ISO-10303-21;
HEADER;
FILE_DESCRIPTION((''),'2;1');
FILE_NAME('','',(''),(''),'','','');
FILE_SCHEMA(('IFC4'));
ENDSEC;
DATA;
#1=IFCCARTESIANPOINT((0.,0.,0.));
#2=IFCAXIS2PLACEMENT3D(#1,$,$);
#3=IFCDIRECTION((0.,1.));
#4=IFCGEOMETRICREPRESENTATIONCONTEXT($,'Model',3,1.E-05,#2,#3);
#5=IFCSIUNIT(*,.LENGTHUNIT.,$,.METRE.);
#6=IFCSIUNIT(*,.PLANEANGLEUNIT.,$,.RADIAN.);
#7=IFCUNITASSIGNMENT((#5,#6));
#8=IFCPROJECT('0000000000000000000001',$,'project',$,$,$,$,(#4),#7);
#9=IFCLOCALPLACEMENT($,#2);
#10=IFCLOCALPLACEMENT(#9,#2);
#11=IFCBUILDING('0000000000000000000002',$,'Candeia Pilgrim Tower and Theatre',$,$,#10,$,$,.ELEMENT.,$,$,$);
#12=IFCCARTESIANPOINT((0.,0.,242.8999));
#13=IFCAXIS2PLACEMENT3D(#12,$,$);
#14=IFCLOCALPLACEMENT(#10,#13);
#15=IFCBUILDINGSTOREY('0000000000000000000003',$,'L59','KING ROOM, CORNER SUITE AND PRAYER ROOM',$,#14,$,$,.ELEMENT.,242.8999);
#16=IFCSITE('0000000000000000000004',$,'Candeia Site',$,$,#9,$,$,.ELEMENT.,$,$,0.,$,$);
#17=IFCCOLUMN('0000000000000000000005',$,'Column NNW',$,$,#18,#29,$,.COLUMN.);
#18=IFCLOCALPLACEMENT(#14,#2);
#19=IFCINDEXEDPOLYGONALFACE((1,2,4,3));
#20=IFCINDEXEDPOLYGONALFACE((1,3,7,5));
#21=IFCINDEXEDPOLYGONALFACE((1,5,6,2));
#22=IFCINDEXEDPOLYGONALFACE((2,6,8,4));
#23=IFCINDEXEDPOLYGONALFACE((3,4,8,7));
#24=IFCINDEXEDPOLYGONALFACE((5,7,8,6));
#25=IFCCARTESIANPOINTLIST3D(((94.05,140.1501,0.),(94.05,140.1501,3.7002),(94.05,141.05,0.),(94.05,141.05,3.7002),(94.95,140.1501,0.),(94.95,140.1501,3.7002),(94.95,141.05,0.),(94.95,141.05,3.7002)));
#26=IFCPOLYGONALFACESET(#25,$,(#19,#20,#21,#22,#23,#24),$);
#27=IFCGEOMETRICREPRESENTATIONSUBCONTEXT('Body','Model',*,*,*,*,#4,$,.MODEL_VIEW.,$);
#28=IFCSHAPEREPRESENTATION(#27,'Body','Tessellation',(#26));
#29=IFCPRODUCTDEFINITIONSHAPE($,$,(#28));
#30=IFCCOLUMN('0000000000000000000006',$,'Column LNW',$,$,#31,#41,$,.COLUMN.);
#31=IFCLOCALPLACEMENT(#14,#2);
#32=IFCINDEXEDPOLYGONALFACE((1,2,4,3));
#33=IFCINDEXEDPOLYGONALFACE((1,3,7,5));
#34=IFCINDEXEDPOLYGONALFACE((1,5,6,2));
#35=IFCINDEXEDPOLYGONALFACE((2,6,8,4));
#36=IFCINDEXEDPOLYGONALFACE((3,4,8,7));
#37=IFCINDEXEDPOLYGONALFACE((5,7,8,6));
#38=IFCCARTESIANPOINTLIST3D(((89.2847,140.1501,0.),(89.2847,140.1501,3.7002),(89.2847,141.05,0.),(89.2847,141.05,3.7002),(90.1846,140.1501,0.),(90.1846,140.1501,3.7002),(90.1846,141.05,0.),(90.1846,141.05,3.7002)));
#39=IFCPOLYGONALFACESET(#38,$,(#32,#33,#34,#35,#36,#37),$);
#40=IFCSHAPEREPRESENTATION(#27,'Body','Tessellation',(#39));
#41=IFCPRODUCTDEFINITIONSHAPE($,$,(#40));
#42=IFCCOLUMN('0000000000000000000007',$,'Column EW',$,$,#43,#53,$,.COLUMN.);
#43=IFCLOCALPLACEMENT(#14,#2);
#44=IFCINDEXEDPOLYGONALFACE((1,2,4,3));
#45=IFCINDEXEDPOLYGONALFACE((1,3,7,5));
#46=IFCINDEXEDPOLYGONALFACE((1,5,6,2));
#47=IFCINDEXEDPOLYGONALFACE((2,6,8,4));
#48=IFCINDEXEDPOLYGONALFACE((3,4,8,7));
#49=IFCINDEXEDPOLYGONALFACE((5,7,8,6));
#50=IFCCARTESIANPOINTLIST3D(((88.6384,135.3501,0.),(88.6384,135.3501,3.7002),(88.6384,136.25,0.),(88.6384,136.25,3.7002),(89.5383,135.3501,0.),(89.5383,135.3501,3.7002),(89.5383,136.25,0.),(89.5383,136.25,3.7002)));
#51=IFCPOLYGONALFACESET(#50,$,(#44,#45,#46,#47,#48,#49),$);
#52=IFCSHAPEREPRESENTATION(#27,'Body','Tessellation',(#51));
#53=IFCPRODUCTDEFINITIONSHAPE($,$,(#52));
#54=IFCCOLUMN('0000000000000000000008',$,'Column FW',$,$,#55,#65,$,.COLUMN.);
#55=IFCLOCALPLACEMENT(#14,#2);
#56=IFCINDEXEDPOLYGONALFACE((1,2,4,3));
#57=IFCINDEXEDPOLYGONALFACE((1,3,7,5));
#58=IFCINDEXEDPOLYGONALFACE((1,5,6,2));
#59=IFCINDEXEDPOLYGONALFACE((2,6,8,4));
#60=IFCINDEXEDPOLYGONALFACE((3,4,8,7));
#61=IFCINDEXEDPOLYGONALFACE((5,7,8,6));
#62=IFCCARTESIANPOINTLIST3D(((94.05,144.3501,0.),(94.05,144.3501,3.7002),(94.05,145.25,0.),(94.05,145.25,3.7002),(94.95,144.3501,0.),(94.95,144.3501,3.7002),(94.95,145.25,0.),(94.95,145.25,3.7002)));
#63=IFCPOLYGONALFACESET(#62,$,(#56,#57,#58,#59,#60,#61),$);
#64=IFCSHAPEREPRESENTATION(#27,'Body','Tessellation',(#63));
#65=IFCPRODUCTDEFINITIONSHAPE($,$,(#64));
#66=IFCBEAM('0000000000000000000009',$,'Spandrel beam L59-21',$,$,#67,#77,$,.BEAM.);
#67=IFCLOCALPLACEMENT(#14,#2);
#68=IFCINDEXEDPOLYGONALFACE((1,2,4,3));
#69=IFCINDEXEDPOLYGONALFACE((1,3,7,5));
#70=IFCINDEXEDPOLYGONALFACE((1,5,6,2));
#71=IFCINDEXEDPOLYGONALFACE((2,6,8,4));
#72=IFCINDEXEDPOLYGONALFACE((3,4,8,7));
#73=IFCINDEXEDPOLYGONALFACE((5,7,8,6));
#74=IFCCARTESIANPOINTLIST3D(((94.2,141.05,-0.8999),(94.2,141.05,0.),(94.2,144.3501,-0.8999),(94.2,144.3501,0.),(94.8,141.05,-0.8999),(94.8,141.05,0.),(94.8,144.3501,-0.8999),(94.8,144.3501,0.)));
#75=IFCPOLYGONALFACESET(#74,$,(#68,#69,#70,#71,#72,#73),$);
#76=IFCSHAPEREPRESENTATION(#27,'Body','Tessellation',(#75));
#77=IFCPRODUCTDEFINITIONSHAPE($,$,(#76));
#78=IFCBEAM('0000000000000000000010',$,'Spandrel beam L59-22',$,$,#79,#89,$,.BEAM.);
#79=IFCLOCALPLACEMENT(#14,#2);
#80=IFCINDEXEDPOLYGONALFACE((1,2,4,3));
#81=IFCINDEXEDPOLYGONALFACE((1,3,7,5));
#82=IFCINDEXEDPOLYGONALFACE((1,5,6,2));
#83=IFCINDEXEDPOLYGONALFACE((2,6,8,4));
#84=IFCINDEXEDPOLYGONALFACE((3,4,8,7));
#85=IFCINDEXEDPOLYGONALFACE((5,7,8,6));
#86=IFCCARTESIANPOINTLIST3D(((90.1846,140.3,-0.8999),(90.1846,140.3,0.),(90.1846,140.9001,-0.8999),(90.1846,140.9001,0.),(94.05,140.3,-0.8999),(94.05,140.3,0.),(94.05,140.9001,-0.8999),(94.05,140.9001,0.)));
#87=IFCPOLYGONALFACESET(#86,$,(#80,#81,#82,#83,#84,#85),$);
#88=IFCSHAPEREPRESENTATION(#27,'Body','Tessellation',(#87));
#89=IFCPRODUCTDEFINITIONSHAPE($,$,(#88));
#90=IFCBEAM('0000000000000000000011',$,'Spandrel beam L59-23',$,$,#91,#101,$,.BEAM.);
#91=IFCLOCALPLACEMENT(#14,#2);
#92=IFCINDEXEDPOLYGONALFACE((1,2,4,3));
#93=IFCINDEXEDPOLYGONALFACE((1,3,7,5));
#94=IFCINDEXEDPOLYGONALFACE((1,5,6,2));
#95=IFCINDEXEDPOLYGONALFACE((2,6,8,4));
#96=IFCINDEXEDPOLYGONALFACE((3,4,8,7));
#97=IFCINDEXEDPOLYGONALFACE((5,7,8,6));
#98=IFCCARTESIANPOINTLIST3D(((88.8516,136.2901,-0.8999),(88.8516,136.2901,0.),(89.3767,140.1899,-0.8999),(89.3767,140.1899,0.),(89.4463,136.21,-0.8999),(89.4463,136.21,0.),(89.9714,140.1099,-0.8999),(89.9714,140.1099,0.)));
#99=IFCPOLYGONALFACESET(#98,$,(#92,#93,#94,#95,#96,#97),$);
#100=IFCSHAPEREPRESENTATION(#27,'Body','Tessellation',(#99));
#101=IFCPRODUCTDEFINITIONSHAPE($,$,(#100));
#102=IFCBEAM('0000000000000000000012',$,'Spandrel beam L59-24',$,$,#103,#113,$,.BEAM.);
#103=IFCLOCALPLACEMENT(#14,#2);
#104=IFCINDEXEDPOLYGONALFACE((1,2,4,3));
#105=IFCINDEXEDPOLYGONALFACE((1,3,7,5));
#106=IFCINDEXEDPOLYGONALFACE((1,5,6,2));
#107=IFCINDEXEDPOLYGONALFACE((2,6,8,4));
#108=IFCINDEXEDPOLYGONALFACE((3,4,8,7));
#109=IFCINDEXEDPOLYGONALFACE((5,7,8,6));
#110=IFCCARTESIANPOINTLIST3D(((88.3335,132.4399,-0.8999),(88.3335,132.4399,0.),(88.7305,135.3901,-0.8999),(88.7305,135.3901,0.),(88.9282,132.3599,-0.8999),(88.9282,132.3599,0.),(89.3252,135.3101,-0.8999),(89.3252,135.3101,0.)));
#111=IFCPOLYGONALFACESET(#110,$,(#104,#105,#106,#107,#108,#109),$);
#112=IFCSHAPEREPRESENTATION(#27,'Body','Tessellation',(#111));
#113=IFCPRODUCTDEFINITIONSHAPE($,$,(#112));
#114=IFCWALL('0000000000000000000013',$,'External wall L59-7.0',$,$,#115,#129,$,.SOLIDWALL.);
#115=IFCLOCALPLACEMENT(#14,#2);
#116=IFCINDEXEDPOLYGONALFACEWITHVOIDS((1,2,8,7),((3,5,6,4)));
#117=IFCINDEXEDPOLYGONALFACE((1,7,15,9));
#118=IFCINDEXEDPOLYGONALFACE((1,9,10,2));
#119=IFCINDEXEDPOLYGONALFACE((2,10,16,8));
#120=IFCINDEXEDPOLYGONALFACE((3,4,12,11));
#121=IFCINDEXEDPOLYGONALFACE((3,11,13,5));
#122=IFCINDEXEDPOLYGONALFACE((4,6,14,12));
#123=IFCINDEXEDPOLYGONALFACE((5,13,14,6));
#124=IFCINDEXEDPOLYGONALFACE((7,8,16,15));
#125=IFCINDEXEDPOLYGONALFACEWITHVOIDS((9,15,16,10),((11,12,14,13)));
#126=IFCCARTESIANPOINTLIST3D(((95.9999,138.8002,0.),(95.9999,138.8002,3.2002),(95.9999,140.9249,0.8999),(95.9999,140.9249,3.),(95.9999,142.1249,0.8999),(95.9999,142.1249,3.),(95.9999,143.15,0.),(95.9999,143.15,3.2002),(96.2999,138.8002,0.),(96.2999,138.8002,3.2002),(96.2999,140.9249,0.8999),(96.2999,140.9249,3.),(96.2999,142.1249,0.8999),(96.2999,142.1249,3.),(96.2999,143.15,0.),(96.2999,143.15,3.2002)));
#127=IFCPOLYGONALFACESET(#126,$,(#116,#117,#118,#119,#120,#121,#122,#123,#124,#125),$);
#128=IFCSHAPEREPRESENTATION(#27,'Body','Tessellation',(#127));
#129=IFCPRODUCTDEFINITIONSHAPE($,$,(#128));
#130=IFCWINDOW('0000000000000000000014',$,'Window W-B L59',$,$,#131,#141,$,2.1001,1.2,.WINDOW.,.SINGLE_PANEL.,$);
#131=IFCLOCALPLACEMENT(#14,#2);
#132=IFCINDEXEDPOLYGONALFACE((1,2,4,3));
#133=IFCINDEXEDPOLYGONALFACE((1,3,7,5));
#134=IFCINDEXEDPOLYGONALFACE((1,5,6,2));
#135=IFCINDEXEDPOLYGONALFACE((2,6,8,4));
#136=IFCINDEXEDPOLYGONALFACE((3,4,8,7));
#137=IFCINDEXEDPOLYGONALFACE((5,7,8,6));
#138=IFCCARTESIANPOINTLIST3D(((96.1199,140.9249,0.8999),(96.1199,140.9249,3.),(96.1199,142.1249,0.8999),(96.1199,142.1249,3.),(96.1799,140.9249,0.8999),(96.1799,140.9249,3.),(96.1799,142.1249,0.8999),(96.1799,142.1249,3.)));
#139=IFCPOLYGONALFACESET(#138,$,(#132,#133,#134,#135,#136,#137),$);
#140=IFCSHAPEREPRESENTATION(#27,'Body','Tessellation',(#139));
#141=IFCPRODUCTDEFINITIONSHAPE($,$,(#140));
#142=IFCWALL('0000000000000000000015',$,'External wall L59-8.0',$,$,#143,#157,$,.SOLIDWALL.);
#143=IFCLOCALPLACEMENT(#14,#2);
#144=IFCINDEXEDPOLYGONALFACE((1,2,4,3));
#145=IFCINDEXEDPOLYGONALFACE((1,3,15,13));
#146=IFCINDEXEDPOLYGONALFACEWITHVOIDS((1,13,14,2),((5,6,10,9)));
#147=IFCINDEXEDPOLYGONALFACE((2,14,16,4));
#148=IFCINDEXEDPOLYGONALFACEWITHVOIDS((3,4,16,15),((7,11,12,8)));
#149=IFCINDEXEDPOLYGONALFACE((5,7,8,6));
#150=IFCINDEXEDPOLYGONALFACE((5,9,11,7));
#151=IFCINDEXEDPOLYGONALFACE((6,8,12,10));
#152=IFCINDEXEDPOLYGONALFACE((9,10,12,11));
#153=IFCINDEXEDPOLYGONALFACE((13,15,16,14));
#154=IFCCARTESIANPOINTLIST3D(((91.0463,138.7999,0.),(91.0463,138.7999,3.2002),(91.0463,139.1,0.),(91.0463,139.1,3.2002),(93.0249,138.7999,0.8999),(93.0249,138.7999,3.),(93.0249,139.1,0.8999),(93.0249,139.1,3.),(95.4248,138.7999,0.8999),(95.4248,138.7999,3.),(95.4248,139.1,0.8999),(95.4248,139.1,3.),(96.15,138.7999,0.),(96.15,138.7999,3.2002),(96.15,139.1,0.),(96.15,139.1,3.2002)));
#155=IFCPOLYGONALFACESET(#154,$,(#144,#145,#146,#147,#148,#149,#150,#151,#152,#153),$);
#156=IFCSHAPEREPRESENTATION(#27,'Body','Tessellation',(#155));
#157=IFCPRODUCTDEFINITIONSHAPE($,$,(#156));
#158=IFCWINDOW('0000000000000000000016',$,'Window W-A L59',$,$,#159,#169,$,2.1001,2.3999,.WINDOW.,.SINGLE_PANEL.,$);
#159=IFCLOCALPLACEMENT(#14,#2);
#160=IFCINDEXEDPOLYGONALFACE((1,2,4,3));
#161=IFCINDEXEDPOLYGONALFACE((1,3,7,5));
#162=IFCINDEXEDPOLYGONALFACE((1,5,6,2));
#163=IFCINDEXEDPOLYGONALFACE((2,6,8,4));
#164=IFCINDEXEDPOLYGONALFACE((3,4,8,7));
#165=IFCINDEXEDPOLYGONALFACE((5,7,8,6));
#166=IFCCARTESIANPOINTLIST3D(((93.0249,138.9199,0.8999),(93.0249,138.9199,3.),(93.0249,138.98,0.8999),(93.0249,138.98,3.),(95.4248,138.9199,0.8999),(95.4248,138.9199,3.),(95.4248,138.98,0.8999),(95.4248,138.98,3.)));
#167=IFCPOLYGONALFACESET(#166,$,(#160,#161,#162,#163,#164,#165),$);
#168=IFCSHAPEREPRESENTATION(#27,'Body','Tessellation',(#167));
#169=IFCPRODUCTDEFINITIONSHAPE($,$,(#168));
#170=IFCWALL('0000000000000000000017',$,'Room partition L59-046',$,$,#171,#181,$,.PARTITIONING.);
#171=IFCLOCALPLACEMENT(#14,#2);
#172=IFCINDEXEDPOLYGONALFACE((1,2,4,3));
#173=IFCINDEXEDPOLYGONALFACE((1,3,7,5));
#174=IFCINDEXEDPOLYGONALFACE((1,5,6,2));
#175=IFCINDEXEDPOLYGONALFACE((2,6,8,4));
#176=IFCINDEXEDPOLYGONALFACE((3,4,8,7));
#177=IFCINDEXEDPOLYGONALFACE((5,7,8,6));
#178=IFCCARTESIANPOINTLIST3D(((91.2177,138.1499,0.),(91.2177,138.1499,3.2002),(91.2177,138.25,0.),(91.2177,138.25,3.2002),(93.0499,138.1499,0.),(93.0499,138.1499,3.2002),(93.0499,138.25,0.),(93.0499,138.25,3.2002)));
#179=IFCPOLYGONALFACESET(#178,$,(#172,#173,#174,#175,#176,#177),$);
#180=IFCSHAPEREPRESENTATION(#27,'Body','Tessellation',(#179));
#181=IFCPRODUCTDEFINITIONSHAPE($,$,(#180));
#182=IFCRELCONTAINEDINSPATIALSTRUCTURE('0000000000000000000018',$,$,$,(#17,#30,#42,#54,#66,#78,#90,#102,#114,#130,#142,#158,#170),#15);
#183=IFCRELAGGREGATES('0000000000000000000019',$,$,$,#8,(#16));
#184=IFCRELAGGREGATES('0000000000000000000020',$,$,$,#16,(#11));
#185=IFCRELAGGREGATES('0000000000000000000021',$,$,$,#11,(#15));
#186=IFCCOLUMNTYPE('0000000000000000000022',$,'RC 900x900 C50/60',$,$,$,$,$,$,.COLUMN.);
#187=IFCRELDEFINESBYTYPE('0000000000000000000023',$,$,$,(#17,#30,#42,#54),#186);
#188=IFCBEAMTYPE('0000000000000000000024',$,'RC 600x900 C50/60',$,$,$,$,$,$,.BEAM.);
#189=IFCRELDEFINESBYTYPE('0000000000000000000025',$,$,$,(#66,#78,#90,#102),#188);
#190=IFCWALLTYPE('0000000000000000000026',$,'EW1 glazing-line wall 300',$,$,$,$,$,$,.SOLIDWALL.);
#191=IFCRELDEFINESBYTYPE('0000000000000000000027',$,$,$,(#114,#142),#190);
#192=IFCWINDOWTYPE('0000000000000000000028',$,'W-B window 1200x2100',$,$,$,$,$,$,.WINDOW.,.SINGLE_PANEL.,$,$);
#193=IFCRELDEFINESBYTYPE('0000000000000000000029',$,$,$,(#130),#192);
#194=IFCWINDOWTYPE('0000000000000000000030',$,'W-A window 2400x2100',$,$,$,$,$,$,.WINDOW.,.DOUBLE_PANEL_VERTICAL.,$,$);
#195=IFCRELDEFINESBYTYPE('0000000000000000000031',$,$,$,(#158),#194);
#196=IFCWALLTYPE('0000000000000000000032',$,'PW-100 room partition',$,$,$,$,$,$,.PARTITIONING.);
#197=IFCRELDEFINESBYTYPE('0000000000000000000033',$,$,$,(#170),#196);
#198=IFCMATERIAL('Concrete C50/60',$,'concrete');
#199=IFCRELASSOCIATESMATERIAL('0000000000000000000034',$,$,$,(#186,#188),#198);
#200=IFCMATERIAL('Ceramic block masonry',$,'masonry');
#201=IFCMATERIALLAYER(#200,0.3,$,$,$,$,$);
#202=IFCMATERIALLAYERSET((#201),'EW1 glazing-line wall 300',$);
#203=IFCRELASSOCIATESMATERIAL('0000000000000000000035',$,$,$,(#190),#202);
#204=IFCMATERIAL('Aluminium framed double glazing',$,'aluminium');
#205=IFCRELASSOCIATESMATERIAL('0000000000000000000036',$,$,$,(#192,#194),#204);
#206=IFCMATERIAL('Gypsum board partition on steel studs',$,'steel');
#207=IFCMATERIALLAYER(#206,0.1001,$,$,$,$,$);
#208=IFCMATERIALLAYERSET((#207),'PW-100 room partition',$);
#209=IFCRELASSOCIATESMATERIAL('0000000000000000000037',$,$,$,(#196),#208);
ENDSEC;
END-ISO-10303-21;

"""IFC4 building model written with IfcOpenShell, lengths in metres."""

from ifc_helpers import new_model, si_unit, direction, frame, frame_2d, origin, origin_2d, place, context, subcontext, project, spatial, rectangle, extrude, material, layer, layer_set, material_profile, profile_set, type_object, element, fill, save


model = new_model("IFC4")

# Units and contexts
model_context = context("Model", 3, precision=1e-05, world=origin(), true_north=direction((0.0, 1.0)))
body_context = subcontext(model_context, "Body", "Model", "MODEL_VIEW")
ifc_project = project(units=[si_unit("LENGTHUNIT", "METRE"), si_unit("PLANEANGLEUNIT", "RADIAN")], contexts=[model_context])

# Site, building, storey
site_placement = place(None, origin())
site = spatial("IfcSite", under=ifc_project, at=site_placement, Name="Candeia Site", CompositionType="ELEMENT", RefElevation=0.0)
building_placement = place(site_placement, origin())
building = spatial("IfcBuilding", under=site, at=building_placement, Name="Candeia Pilgrim Tower and Theatre", CompositionType="ELEMENT")
storey_placement = place(building_placement, frame((0.0, 0.0, 242.8999)))
storey = spatial("IfcBuildingStorey", under=building, at=storey_placement, Name="L59", Description="KING ROOM, CORNER SUITE AND PRAYER ROOM", CompositionType="ELEMENT", Elevation=242.8999)

# Columns
ifc_material_1 = material(Name="Concrete C50/60", Category="concrete")
ifc_material_profile_1 = material_profile(ifc_material_1, rectangle(XDim=0.8999, YDim=0.8999, at=origin_2d()))
ifc_profile_set_1 = profile_set([ifc_material_profile_1], Name="Concrete C50/60")
column_type = type_object("IfcColumnType", Name="RC 900x900 C50/60", PredefinedType="COLUMN", material=ifc_profile_set_1)
for number, where, z_axis, x_axis, name in (
    (1, (94.5, 140.6001, 0.0), (0.0, 0.0, 1.0), (1.0, 0.0, 0.0), "Column NNW"),
    (2, (89.7346, 140.6001, 0.0), (0.0, 0.0, 1.0), (1.0, 0.0, 0.0), "Column LNW"),
    (3, (89.0884, 135.8, 0.0), (0.0, 0.0, 1.0), (1.0, 0.0, 0.0), "Column EW"),
    (4, (94.5, 144.8, 0.0), (0.0, 0.0, 1.0), (1.0, 0.0, 0.0), "Column FW"),
):
    element("IfcColumn", number, at=place(storey_placement, frame(where, z_axis=z_axis, x_axis=x_axis)), inside=storey, type_object=column_type, Name=name, PredefinedType="COLUMN", context=body_context, shape_type="SweptSolid", body=[
        extrude(rectangle(XDim=0.8999, YDim=0.8999, at=origin_2d()), origin(), (0.0, 0.0, 1.0), 3.7002),
    ])

# Beams
ifc_material_profile_2 = material_profile(ifc_material_1, rectangle(XDim=0.6001, YDim=0.8999, at=origin_2d()))
ifc_profile_set_2 = profile_set([ifc_material_profile_2], Name="Concrete C50/60")
beam_type = type_object("IfcBeamType", Name="RC 600x900 C50/60", PredefinedType="BEAM", material=ifc_profile_set_2)
beam_1_placement = place(storey_placement, frame((94.5, 144.3501, -0.45), z_axis=(0.0, -1.0, 0.0), x_axis=(1.0, 0.0, 0.0)))
element("IfcBeam", 5, at=beam_1_placement, inside=storey, type_object=beam_type, Name="Spandrel beam L59-21", PredefinedType="BEAM", context=body_context, shape_type="SweptSolid", body=[
    extrude(rectangle(XDim=0.6001, YDim=0.8999, at=origin_2d()), origin(), (0.0, 0.0, 1.0), 3.3),
])
beam_2_placement = place(storey_placement, frame((94.05, 140.6001, -0.45), z_axis=(-1.0, 0.0, 0.0), x_axis=(0.0, -1.0, 0.0)))
element("IfcBeam", 6, at=beam_2_placement, inside=storey, type_object=beam_type, Name="Spandrel beam L59-22", PredefinedType="BEAM", context=body_context, shape_type="SweptSolid", body=[
    extrude(rectangle(XDim=0.6001, YDim=0.8999, at=origin_2d()), origin(), (0.0, 0.0, 1.0), 3.8655),
])
beam_3_placement = place(storey_placement, frame((89.6741, 140.1499, -0.45), z_axis=(-0.133452, -0.991055, 0.0), x_axis=(0.991055, -0.133452, 0.0)))
element("IfcBeam", 7, at=beam_3_placement, inside=storey, type_object=beam_type, Name="Spandrel beam L59-23", PredefinedType="BEAM", context=body_context, shape_type="SweptSolid", body=[
    extrude(rectangle(XDim=0.6001, YDim=0.8999, at=origin_2d()), origin(), (0.0, 0.0, 1.0), 3.9351),
])
beam_4_placement = place(storey_placement, frame((89.0278, 135.3501, -0.45), z_axis=(-0.133356, -0.991068, 0.0), x_axis=(0.991068, -0.133356, 0.0)))
element("IfcBeam", 8, at=beam_4_placement, inside=storey, type_object=beam_type, Name="Spandrel beam L59-24", PredefinedType="BEAM", context=body_context, shape_type="SweptSolid", body=[
    extrude(rectangle(XDim=0.6001, YDim=0.8999, at=origin_2d()), origin(), (0.0, 0.0, 1.0), 2.9768),
])

# Walls, openings, windows
ifc_material_2 = material(Name="Ceramic block masonry", Category="masonry")
ifc_layer_1 = layer(ifc_material_2, 0.3)
ifc_layer_set_1 = layer_set([ifc_layer_1], Name="EW1 glazing-line wall 300")
wall_type_1 = type_object("IfcWallType", Name="EW1 glazing-line wall 300", PredefinedType="SOLIDWALL", material=ifc_layer_set_1)
wall_1_placement = place(storey_placement, frame((96.1499, 143.1499, 0.0), z_axis=(0.0, 0.0, 1.0), x_axis=(0.0, -1.0, 0.0)))
wall_1 = element("IfcWall", 9, at=wall_1_placement, inside=storey, type_object=wall_type_1, Name="External wall L59-7.0", PredefinedType="SOLIDWALL", context=body_context, shape_type="SweptSolid", body=[
    extrude(rectangle(XDim=4.3499, YDim=0.3, at=frame_2d((2.1748, 0.0))), origin(), (0.0, 0.0, 1.0), 3.2002),
])
opening_1_placement = place(wall_1_placement, frame((1.0249, 0.0, 0.8999)))
opening_1 = element("IfcOpeningElement", 10, at=opening_1_placement, cuts=wall_1, PredefinedType="OPENING", context=body_context, shape_type="SweptSolid", body=[
    extrude(rectangle(XDim=1.2, YDim=2.1001, at=frame_2d((0.6001, 1.05))), frame((0.0, 0.1602, 0.0), z_axis=(0.0, -1.0, 0.0), x_axis=(1.0, 0.0, 0.0)), (0.0, 0.0, 1.0), 0.3201),
])
ifc_material_3 = material(Name="Aluminium framed double glazing", Category="aluminium")
window_type_1 = type_object("IfcWindowType", Name="W-B window 1200x2100", PartitioningType="SINGLE_PANEL", PredefinedType="WINDOW", material=ifc_material_3)
window_1_placement = place(opening_1_placement, origin())
window_1 = element("IfcWindow", 11, at=window_1_placement, inside=storey, type_object=window_type_1, Name="Window W-B L59", OverallHeight=2.1001, OverallWidth=1.2, PartitioningType="SINGLE_PANEL", PredefinedType="WINDOW", context=body_context, shape_type="SweptSolid", body=[
    extrude(rectangle(XDim=1.2, YDim=2.1001, at=frame_2d((0.6001, 1.05))), frame((0.0, 0.03, 0.0), z_axis=(0.0, -1.0, 0.0), x_axis=(1.0, 0.0, 0.0)), (0.0, 0.0, 1.0), 0.0601),
])
fill(opening_1, window_1)
wall_2_placement = place(storey_placement, frame((96.1499, 138.95, 0.0), z_axis=(0.0, 0.0, 1.0), x_axis=(-1.0, 0.0, 0.0)))
wall_2 = element("IfcWall", 12, at=wall_2_placement, inside=storey, type_object=wall_type_1, Name="External wall L59-8.0", PredefinedType="SOLIDWALL", context=body_context, shape_type="SweptSolid", body=[
    extrude(rectangle(XDim=5.1038, YDim=0.3, at=frame_2d((2.5518, 0.0))), origin(), (0.0, 0.0, 1.0), 3.2002),
])
opening_2_placement = place(wall_2_placement, frame((0.7251, 0.0, 0.8999)))
opening_2 = element("IfcOpeningElement", 13, at=opening_2_placement, cuts=wall_2, PredefinedType="OPENING", context=body_context, shape_type="SweptSolid", body=[
    extrude(rectangle(XDim=2.3999, YDim=2.1001, at=frame_2d((1.2, 1.05))), frame((0.0, 0.1602, 0.0), z_axis=(0.0, -1.0, 0.0), x_axis=(1.0, 0.0, 0.0)), (0.0, 0.0, 1.0), 0.3201),
])
window_type_2 = type_object("IfcWindowType", Name="W-A window 2400x2100", PartitioningType="DOUBLE_PANEL_VERTICAL", PredefinedType="WINDOW", material=ifc_material_3)
window_2_placement = place(opening_2_placement, origin())
window_2 = element("IfcWindow", 14, at=window_2_placement, inside=storey, type_object=window_type_2, Name="Window W-A L59", OverallHeight=2.1001, OverallWidth=2.3999, PartitioningType="SINGLE_PANEL", PredefinedType="WINDOW", context=body_context, shape_type="SweptSolid", body=[
    extrude(rectangle(XDim=2.3999, YDim=2.1001, at=frame_2d((1.2, 1.05))), frame((0.0, 0.03, 0.0), z_axis=(0.0, -1.0, 0.0), x_axis=(1.0, 0.0, 0.0)), (0.0, 0.0, 1.0), 0.0601),
])
fill(opening_2, window_2)

# Wall
ifc_material_4 = material(Name="Gypsum board partition on steel studs", Category="steel")
ifc_layer_2 = layer(ifc_material_4, 0.1001)
ifc_layer_set_2 = layer_set([ifc_layer_2], Name="PW-100 room partition")
wall_type_2 = type_object("IfcWallType", Name="PW-100 room partition", PredefinedType="PARTITIONING", material=ifc_layer_set_2)
wall_3_placement = place(storey_placement, frame((91.2178, 138.2, 0.0), z_axis=(0.0, 0.0, 1.0), x_axis=(1.0, 0.0, 0.0)))
element("IfcWall", 15, at=wall_3_placement, inside=storey, type_object=wall_type_2, Name="Room partition L59-046", PredefinedType="PARTITIONING", context=body_context, shape_type="SweptSolid", body=[
    extrude(rectangle(XDim=1.8323, YDim=0.1001, at=frame_2d((0.916, 0.0))), origin(), (0.0, 0.0, 1.0), 3.2002),
])

save(model, "model.ifc")
